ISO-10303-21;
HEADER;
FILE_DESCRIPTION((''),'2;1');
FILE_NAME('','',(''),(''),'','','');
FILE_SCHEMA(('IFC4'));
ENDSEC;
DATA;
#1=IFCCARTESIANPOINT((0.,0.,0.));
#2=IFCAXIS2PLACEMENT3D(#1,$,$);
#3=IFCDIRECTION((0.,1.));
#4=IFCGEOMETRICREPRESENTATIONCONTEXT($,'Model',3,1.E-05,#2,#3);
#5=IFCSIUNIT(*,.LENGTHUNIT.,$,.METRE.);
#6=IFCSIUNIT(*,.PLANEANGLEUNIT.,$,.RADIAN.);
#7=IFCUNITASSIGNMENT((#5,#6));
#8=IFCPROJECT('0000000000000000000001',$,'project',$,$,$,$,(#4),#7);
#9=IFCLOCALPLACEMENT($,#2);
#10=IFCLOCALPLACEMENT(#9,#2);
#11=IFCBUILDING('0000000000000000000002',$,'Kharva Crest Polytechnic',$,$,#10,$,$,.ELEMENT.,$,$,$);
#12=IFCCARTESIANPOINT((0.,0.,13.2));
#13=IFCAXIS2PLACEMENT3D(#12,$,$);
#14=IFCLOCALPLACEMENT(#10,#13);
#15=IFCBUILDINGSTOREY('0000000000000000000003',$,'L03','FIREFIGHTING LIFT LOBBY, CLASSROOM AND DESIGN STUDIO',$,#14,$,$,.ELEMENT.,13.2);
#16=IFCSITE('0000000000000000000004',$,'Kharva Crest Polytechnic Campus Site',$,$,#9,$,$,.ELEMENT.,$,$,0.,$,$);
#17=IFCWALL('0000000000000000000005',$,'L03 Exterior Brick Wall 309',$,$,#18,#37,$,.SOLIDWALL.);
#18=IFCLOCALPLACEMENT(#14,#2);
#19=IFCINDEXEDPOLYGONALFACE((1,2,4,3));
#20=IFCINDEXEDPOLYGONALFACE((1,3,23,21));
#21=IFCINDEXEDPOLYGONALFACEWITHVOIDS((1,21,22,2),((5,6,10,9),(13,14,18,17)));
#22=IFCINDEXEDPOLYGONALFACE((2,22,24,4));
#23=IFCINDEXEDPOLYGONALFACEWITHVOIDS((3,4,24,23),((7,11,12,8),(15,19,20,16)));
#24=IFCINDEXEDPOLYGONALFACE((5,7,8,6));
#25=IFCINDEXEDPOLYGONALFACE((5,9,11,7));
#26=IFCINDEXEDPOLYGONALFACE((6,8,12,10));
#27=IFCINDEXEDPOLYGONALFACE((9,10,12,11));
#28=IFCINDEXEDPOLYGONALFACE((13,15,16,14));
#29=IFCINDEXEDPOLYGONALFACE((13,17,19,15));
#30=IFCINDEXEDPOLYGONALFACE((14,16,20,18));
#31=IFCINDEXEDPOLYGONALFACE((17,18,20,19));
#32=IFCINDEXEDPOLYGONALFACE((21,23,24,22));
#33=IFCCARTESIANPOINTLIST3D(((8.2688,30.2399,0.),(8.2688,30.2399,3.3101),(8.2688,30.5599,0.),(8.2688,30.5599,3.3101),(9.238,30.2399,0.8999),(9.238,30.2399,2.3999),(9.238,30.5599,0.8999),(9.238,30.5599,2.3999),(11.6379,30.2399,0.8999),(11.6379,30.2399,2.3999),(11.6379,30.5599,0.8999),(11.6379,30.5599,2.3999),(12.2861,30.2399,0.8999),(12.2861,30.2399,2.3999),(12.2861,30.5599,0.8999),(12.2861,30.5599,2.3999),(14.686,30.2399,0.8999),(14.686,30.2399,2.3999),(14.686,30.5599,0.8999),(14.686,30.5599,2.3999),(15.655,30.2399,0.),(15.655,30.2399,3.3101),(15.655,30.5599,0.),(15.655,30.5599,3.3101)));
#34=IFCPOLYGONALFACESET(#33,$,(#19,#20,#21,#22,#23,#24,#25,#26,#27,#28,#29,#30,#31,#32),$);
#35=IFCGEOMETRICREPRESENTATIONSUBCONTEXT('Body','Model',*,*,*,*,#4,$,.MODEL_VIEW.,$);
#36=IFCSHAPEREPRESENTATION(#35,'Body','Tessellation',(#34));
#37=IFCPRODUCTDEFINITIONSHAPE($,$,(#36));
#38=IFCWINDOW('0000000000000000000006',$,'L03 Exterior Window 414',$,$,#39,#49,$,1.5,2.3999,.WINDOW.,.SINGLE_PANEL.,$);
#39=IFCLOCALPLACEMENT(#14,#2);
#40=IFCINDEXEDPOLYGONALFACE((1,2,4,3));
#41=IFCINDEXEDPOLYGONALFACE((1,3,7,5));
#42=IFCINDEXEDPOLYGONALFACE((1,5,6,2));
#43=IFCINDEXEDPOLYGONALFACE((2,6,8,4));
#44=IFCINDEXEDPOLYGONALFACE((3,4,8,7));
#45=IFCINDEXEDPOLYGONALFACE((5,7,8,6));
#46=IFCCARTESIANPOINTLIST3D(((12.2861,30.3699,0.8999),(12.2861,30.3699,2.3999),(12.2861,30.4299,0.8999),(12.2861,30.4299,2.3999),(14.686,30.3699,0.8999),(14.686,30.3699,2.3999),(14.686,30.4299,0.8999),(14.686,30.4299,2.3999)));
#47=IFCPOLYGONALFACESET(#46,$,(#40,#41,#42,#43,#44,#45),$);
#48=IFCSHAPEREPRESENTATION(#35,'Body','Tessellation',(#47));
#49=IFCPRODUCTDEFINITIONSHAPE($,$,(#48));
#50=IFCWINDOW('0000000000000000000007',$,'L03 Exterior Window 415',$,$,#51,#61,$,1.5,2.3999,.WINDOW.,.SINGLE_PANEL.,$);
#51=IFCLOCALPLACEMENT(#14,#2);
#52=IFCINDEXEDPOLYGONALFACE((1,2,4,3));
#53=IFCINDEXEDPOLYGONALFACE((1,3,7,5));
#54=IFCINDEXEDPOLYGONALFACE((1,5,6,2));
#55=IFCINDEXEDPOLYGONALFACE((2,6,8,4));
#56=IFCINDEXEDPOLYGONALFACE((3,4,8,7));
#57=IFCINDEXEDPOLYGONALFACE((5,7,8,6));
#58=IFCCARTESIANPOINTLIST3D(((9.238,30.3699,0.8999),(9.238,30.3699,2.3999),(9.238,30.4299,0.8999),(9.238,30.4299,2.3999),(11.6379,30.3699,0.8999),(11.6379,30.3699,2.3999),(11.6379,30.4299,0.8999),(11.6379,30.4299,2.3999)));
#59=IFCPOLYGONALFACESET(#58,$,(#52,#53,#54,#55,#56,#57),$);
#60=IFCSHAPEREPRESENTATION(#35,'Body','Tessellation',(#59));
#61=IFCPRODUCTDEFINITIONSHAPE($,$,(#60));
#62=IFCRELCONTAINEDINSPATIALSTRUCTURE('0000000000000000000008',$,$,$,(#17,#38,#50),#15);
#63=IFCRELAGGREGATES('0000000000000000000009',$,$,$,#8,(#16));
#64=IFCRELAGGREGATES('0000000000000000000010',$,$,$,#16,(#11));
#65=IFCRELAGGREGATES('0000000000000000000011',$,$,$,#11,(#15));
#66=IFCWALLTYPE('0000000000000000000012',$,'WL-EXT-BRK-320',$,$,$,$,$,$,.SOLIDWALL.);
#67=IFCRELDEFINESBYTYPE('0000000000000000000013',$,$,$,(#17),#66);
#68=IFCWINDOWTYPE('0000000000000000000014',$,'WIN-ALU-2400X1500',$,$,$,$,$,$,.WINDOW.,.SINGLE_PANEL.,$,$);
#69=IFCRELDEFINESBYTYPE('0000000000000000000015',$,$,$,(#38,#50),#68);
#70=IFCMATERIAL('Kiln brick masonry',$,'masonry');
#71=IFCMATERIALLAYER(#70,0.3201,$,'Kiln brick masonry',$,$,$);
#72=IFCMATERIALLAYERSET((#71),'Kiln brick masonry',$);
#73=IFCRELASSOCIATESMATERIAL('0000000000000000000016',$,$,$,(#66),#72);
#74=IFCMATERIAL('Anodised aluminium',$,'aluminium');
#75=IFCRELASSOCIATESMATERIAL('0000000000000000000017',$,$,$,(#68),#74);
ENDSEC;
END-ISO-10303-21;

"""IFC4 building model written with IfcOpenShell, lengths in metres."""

from ifc_helpers import new_model, si_unit, direction, frame, frame_2d, origin, place, context, subcontext, project, spatial, rectangle, extrude, material, layer, layer_set, type_object, element, fill, save


model = new_model("IFC4")

# Units and contexts
model_context = context("Model", 3, precision=1e-05, world=origin(), true_north=direction((0.0, 1.0)))
body_context = subcontext(model_context, "Body", "Model", "MODEL_VIEW")
ifc_project = project(units=[si_unit("LENGTHUNIT", "METRE"), si_unit("PLANEANGLEUNIT", "RADIAN")], contexts=[model_context])

# Site, building, storey
site_placement = place(None, origin())
site = spatial("IfcSite", under=ifc_project, at=site_placement, Name="Kharva Crest Polytechnic Campus Site", CompositionType="ELEMENT", RefElevation=0.0)
building_placement = place(site_placement, origin())
building = spatial("IfcBuilding", under=site, at=building_placement, Name="Kharva Crest Polytechnic", CompositionType="ELEMENT")
storey_placement = place(building_placement, frame((0.0, 0.0, 13.2)))
storey = spatial("IfcBuildingStorey", under=building, at=storey_placement, Name="L03", Description="FIREFIGHTING LIFT LOBBY, CLASSROOM AND DESIGN STUDIO", CompositionType="ELEMENT", Elevation=13.2)

# Wall, openings, windows
ifc_material_1 = material(Name="Kiln brick masonry", Category="masonry")
ifc_layer_1 = layer(ifc_material_1, 0.3201, Name="Kiln brick masonry")
ifc_layer_set_1 = layer_set([ifc_layer_1], Name="Kiln brick masonry")
wall_type = type_object("IfcWallType", Name="WL-EXT-BRK-320", PredefinedType="SOLIDWALL", material=ifc_layer_set_1)
wall_placement = place(storey_placement, frame((15.655, 30.3999, 0.0), z_axis=(0.0, 0.0, 1.0), x_axis=(-1.0, 0.0, 0.0)))
wall = element("IfcWall", 1, at=wall_placement, inside=storey, type_object=wall_type, Name="L03 Exterior Brick Wall 309", PredefinedType="SOLIDWALL", context=body_context, shape_type="SweptSolid", body=[
    extrude(rectangle(XDim=7.3862, YDim=0.3201, at=frame_2d((3.6931, 0.0))), origin(), (0.0, 0.0, 1.0), 3.3101),
])
opening_1_placement = place(wall_placement, frame((0.969, 0.0, 0.8999)))
opening_1 = element("IfcOpeningElement", 2, at=opening_1_placement, cuts=wall, PredefinedType="OPENING", context=body_context, shape_type="SweptSolid", body=[
    extrude(rectangle(XDim=2.3999, YDim=1.5, at=frame_2d((1.2, 0.75))), frame((0.0, 0.1699, 0.0), z_axis=(0.0, -1.0, 0.0), x_axis=(1.0, 0.0, 0.0)), (0.0, 0.0, 1.0), 0.3401),
])
opening_2_placement = place(wall_placement, frame((4.0171, 0.0, 0.8999)))
opening_2 = element("IfcOpeningElement", 3, at=opening_2_placement, cuts=wall, PredefinedType="OPENING", context=body_context, shape_type="SweptSolid", body=[
    extrude(rectangle(XDim=2.3999, YDim=1.5, at=frame_2d((1.2, 0.75))), frame((0.0, 0.1699, 0.0), z_axis=(0.0, -1.0, 0.0), x_axis=(1.0, 0.0, 0.0)), (0.0, 0.0, 1.0), 0.3401),
])
ifc_material_2 = material(Name="Anodised aluminium", Category="aluminium")
window_type = type_object("IfcWindowType", Name="WIN-ALU-2400X1500", PartitioningType="SINGLE_PANEL", PredefinedType="WINDOW", material=ifc_material_2)
window_1_placement = place(opening_1_placement, origin())
window_1 = element("IfcWindow", 4, at=window_1_placement, inside=storey, type_object=window_type, Name="L03 Exterior Window 414", OverallHeight=1.5, OverallWidth=2.3999, PartitioningType="SINGLE_PANEL", PredefinedType="WINDOW", context=body_context, shape_type="SweptSolid", body=[
    extrude(rectangle(XDim=2.3999, YDim=1.5, at=frame_2d((1.2, 0.75))), frame((0.0, 0.03, 0.0), z_axis=(0.0, -1.0, 0.0), x_axis=(1.0, 0.0, 0.0)), (0.0, 0.0, 1.0), 0.0601),
])
fill(opening_1, window_1)
window_2_placement = place(opening_2_placement, origin())
window_2 = element("IfcWindow", 5, at=window_2_placement, inside=storey, type_object=window_type, Name="L03 Exterior Window 415", OverallHeight=1.5, OverallWidth=2.3999, PartitioningType="SINGLE_PANEL", PredefinedType="WINDOW", context=body_context, shape_type="SweptSolid", body=[
    extrude(rectangle(XDim=2.3999, YDim=1.5, at=frame_2d((1.2, 0.75))), frame((0.0, 0.03, 0.0), z_axis=(0.0, -1.0, 0.0), x_axis=(1.0, 0.0, 0.0)), (0.0, 0.0, 1.0), 0.0601),
])
fill(opening_2, window_2)

save(model, "model.ifc")
